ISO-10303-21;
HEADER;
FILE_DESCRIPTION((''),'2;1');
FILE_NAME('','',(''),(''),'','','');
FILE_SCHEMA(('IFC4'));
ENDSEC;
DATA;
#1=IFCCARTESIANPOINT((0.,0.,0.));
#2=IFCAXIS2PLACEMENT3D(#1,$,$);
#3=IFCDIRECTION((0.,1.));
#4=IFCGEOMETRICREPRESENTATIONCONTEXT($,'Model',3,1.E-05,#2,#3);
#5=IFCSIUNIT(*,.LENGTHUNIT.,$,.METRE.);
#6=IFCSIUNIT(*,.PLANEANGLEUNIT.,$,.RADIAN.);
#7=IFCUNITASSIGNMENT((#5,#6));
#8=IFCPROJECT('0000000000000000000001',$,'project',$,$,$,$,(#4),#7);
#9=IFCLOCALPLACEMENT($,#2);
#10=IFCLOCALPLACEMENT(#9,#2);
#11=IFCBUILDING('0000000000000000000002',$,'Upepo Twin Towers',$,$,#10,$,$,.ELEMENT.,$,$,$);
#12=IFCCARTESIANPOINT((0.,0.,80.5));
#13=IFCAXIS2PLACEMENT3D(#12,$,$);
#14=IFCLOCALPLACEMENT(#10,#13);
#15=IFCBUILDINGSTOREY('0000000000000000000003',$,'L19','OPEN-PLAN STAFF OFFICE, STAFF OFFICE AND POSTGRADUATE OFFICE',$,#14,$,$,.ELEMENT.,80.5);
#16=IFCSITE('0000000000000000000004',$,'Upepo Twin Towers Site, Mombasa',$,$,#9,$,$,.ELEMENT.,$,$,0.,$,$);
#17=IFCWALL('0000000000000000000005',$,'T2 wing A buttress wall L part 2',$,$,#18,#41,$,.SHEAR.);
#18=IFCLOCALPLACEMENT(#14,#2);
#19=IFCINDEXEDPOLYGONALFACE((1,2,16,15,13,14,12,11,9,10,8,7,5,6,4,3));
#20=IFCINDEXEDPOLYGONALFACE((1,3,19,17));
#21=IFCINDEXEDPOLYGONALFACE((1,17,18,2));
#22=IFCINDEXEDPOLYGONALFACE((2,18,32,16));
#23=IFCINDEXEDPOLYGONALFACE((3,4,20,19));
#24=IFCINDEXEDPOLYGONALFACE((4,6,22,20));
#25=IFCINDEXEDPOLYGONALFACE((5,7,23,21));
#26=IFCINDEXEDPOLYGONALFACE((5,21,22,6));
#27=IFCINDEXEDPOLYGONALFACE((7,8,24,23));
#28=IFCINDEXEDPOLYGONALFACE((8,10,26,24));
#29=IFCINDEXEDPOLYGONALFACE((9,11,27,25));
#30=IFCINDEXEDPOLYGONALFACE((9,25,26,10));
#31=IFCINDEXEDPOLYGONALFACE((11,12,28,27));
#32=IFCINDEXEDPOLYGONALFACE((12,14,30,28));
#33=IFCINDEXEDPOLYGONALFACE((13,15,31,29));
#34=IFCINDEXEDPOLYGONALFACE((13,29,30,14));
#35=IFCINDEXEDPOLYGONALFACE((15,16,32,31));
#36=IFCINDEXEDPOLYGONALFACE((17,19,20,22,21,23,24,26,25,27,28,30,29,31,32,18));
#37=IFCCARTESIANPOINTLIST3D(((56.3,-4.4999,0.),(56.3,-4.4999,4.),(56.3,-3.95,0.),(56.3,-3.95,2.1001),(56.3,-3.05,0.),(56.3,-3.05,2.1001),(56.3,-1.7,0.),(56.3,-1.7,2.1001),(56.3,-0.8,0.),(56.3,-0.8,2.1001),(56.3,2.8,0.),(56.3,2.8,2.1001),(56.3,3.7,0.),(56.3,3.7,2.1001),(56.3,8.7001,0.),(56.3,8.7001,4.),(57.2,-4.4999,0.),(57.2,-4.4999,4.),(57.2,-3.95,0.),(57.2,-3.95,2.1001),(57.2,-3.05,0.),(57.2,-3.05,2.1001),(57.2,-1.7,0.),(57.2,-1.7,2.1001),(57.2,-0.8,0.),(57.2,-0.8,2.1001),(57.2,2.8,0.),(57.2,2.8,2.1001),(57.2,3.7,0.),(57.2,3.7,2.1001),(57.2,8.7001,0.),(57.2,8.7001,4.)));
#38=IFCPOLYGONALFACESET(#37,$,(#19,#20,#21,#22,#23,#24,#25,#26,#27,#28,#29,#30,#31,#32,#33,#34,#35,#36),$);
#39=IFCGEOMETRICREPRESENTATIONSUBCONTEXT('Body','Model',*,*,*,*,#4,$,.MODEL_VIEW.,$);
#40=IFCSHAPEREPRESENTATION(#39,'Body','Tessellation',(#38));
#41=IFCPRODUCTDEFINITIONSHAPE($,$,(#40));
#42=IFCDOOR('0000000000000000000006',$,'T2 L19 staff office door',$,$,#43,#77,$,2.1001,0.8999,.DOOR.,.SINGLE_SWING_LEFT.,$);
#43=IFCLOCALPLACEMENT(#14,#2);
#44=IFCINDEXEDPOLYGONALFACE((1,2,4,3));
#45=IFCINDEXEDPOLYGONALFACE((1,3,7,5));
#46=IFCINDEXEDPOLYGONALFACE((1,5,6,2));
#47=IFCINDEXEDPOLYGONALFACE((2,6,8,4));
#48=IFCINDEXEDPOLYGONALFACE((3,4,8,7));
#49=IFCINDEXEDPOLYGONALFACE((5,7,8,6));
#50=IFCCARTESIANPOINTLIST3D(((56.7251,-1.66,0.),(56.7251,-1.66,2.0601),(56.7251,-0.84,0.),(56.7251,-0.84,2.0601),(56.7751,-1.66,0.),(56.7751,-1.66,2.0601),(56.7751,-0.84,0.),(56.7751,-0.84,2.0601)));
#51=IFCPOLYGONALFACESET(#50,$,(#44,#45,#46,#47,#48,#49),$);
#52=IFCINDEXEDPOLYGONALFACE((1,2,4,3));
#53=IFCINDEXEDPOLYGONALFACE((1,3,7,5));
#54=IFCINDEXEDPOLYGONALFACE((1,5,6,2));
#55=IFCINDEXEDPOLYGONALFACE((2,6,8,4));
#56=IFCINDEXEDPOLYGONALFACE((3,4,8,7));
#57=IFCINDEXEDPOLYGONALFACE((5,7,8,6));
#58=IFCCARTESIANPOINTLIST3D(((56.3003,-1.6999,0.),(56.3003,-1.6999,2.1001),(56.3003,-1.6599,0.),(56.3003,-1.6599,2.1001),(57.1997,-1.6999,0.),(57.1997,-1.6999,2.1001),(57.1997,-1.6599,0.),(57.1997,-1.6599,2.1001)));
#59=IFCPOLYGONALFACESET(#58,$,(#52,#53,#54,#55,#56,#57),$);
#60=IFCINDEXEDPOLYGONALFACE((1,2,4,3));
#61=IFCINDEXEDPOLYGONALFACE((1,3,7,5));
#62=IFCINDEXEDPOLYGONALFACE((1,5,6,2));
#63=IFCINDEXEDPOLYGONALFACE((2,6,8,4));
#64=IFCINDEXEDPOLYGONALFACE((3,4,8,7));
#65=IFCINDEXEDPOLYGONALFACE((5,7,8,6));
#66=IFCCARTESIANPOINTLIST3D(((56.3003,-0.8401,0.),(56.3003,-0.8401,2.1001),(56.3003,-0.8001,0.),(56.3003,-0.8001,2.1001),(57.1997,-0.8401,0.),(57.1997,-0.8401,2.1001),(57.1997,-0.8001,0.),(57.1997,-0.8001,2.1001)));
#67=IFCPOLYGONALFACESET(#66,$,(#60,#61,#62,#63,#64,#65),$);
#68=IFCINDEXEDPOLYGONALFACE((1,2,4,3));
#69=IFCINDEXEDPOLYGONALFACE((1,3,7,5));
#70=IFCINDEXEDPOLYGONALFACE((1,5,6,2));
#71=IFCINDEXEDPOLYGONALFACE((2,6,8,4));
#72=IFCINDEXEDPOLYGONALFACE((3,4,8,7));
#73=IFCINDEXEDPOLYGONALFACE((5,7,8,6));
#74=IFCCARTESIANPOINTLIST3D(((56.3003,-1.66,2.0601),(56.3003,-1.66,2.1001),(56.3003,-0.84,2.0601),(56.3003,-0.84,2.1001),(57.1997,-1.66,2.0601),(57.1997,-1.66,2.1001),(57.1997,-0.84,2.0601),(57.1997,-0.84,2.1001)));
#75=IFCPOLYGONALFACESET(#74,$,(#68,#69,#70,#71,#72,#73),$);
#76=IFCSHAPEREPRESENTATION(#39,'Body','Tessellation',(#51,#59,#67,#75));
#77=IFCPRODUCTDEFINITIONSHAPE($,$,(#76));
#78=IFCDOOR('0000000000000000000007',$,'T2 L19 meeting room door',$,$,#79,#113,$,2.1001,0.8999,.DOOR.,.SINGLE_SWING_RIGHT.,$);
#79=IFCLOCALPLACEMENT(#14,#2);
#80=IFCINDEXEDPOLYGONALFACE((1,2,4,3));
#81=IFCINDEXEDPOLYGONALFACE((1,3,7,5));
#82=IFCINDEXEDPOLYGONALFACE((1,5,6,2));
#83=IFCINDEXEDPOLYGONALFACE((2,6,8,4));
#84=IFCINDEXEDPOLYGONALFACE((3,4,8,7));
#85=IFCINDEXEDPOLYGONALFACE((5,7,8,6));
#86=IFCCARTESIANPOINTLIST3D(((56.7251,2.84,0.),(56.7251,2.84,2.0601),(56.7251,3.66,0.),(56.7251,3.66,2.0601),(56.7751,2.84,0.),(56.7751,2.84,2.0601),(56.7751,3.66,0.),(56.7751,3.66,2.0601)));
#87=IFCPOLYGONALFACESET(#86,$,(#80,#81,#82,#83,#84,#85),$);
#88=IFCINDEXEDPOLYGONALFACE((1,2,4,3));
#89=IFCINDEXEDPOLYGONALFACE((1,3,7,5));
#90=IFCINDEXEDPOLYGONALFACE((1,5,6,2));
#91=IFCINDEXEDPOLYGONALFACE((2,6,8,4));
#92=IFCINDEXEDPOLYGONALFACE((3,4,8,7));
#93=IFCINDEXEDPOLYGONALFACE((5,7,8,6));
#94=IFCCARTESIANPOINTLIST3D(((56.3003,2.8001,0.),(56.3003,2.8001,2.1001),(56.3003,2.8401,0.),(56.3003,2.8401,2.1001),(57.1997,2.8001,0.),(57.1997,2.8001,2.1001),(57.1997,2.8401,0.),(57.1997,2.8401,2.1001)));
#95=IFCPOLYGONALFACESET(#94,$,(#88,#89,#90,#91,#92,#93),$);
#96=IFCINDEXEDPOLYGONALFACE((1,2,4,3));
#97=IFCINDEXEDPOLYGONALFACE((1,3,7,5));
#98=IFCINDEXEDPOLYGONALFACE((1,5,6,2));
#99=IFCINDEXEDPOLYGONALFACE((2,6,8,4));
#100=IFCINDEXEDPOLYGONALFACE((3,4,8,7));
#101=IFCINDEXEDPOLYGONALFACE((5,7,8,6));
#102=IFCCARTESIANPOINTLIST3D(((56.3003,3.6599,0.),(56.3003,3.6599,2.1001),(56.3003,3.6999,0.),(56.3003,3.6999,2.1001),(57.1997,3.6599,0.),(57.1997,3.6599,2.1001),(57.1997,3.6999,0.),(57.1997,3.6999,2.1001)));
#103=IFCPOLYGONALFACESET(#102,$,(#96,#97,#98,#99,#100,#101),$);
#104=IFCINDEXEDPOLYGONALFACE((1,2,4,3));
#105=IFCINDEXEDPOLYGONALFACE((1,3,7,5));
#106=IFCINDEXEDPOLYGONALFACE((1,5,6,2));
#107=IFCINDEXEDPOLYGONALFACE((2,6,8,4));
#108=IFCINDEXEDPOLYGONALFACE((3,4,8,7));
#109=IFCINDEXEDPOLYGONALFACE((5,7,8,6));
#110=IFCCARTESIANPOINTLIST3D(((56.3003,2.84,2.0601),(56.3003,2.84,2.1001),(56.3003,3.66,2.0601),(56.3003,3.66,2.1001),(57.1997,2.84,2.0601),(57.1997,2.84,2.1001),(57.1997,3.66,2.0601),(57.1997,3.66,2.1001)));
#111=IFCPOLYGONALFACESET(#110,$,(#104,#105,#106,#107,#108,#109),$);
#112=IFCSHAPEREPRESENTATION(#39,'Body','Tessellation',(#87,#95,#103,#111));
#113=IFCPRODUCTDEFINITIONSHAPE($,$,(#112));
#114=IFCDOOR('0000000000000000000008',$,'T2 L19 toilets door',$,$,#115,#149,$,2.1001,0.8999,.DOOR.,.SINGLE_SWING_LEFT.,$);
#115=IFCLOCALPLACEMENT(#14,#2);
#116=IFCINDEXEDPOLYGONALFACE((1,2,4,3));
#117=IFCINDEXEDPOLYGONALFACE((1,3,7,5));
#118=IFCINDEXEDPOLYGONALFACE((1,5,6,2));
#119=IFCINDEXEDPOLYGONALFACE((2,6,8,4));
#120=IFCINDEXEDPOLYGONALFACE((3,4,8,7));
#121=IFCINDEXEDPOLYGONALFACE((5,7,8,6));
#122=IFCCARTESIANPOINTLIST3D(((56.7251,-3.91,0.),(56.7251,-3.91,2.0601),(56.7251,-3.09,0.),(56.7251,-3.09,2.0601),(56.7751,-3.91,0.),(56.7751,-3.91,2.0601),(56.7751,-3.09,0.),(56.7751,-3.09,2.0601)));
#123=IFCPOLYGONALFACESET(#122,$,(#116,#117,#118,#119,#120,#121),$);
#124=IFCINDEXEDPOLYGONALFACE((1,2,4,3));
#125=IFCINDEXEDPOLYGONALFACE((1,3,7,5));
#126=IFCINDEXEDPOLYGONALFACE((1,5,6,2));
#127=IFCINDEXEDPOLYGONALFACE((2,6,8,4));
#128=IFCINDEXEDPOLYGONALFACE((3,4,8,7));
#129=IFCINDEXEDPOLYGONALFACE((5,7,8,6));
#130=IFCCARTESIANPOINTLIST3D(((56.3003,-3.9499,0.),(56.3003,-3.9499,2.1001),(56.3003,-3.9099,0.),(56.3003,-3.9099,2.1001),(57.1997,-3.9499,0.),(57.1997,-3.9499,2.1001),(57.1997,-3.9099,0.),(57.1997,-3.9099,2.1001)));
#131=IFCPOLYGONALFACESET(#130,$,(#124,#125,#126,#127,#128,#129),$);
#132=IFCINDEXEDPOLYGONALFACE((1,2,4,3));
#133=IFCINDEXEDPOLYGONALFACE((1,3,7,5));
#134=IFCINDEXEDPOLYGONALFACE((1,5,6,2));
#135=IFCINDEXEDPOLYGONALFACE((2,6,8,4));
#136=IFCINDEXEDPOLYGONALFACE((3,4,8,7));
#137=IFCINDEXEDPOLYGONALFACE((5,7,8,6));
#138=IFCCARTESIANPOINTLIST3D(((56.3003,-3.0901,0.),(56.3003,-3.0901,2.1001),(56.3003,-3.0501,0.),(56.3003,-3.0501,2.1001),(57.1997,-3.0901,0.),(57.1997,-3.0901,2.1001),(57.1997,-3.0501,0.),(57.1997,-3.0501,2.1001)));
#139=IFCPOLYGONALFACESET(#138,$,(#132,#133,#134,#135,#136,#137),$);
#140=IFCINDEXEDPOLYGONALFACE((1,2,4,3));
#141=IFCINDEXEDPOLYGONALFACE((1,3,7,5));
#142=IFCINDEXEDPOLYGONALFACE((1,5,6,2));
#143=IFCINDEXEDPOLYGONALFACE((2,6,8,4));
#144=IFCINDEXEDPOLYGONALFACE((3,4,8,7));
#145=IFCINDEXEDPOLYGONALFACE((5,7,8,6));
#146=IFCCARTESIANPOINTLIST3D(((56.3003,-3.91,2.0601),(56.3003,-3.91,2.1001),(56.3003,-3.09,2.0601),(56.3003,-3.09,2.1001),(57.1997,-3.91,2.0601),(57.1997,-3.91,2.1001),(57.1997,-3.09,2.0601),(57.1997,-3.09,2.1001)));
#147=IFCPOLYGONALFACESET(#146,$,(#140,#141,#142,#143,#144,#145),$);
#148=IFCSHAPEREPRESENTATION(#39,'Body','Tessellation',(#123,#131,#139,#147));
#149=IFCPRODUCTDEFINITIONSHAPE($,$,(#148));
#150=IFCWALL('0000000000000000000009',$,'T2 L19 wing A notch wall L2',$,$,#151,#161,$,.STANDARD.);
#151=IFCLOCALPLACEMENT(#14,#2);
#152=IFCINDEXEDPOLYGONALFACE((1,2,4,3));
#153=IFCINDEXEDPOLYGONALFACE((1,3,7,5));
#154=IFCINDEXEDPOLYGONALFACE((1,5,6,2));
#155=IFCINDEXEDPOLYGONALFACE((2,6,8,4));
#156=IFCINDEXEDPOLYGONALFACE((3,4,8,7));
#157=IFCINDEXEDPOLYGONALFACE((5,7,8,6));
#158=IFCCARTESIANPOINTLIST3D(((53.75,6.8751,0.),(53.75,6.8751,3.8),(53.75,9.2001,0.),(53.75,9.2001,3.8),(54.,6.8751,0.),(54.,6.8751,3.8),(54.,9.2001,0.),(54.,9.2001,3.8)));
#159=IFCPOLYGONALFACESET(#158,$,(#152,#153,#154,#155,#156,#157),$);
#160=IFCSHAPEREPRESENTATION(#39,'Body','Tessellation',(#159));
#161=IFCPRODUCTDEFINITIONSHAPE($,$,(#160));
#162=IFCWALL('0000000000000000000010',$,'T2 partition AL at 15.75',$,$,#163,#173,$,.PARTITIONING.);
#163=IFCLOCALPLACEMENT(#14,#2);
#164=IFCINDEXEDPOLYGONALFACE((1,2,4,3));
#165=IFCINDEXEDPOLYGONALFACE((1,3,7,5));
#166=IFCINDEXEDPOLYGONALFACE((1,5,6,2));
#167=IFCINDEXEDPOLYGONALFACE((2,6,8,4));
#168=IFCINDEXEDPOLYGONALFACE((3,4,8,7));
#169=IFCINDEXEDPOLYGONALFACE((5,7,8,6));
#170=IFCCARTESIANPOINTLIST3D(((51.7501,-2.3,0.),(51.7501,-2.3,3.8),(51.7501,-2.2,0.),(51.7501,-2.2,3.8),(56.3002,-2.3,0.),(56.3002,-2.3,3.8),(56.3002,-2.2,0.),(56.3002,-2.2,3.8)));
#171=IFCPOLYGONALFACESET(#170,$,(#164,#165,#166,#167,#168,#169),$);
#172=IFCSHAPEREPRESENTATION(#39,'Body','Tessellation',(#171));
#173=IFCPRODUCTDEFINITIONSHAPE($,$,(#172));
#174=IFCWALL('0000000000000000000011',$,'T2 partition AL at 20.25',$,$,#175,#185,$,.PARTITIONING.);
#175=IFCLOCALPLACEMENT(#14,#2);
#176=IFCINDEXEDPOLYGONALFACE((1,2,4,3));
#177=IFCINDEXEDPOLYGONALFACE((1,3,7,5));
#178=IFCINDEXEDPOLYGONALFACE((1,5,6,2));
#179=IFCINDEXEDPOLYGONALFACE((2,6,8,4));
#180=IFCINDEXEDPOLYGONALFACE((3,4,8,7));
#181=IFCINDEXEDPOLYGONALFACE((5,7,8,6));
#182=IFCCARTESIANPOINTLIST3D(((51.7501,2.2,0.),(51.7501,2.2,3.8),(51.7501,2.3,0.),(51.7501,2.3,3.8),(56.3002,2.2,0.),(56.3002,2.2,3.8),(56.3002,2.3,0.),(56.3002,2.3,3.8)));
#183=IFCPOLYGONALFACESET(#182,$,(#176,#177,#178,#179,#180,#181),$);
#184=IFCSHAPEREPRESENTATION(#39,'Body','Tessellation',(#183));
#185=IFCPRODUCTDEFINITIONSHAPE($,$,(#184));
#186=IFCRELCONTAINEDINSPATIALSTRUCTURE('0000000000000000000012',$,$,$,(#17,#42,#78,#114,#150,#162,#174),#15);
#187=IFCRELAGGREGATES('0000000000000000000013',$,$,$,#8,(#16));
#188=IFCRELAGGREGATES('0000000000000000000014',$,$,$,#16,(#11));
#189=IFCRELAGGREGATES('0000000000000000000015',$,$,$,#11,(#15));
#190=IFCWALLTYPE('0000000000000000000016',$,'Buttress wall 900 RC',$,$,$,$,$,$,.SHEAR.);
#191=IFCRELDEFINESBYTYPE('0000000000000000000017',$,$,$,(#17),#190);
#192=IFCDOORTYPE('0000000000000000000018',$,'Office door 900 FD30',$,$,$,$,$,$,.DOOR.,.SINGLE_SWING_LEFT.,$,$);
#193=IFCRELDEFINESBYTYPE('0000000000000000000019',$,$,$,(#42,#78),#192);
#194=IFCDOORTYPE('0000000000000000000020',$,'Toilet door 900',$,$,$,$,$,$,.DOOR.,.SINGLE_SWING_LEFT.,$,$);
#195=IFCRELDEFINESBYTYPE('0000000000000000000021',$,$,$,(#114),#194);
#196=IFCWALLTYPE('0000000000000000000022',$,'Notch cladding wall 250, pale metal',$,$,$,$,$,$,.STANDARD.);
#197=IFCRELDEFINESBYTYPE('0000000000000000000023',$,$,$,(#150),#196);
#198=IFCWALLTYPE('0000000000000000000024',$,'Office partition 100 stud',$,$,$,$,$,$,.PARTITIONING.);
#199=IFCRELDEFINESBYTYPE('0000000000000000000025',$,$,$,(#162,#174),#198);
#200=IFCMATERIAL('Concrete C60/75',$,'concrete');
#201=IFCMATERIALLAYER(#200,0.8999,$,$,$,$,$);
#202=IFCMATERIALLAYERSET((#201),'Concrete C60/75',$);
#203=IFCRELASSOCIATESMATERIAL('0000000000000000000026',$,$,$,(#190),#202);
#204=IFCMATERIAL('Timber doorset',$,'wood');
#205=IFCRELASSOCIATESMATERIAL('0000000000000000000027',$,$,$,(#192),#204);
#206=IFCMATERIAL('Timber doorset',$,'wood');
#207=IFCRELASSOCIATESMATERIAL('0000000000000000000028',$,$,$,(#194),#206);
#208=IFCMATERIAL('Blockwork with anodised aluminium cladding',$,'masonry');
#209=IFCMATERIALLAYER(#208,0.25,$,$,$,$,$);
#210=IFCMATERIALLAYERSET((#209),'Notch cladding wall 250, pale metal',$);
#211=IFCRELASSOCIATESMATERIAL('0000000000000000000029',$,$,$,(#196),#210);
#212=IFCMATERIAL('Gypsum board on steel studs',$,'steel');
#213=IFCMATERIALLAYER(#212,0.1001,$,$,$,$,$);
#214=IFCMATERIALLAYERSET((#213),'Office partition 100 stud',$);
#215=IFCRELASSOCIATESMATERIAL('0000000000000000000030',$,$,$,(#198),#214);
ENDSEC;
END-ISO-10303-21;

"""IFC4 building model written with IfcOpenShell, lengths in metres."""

from ifc_helpers import new_model, si_unit, direction, frame, frame_2d, origin, place, context, subcontext, project, spatial, rectangle, extrude, material, layer, layer_set, type_object, element, fill, save


model = new_model("IFC4")

# Units and contexts
model_context = context("Model", 3, precision=1e-05, world=origin(), true_north=direction((0.0, 1.0)))
body_context = subcontext(model_context, "Body", "Model", "MODEL_VIEW")
ifc_project = project(units=[si_unit("LENGTHUNIT", "METRE"), si_unit("PLANEANGLEUNIT", "RADIAN")], contexts=[model_context])

# Site, building, storey
site_placement = place(None, origin())
site = spatial("IfcSite", under=ifc_project, at=site_placement, Name="Upepo Twin Towers Site, Mombasa", CompositionType="ELEMENT", RefElevation=0.0)
building_placement = place(site_placement, origin())
building = spatial("IfcBuilding", under=site, at=building_placement, Name="Upepo Twin Towers", CompositionType="ELEMENT")
storey_placement = place(building_placement, frame((0.0, 0.0, 80.5)))
storey = spatial("IfcBuildingStorey", under=building, at=storey_placement, Name="L19", Description="OPEN-PLAN STAFF OFFICE, STAFF OFFICE AND POSTGRADUATE OFFICE", CompositionType="ELEMENT", Elevation=80.5)

# Wall, openings, doors
ifc_material_1 = material(Name="Concrete C60/75", Category="concrete")
ifc_layer_1 = layer(ifc_material_1, 0.8999)
ifc_layer_set_1 = layer_set([ifc_layer_1], Name="Concrete C60/75")
wall_type_1 = type_object("IfcWallType", Name="Buttress wall 900 RC", PredefinedType="SHEAR", material=ifc_layer_set_1)
wall_1_placement = place(storey_placement, frame((56.75, -4.5, 0.0), z_axis=(0.0, 0.0, 1.0), x_axis=(0.0, 1.0, 0.0)))
wall_1 = element("IfcWall", 1, at=wall_1_placement, inside=storey, type_object=wall_type_1, Name="T2 wing A buttress wall L part 2", PredefinedType="SHEAR", context=body_context, shape_type="SweptSolid", body=[
    extrude(rectangle(XDim=13.2, YDim=0.8999, at=frame_2d((6.6001, 0.0))), origin(), (0.0, 0.0, 1.0), 4.0),
])
opening_1_placement = place(wall_1_placement, frame((0.55, 0.0, 0.0)))
opening_1 = element("IfcOpeningElement", 2, at=opening_1_placement, cuts=wall_1, PredefinedType="OPENING", context=body_context, shape_type="SweptSolid", body=[
    extrude(rectangle(XDim=0.8999, YDim=2.1001, at=frame_2d((0.45, 1.05))), frame((0.0, 0.46, 0.0), z_axis=(0.0, -1.0, 0.0), x_axis=(1.0, 0.0, 0.0)), (0.0, 0.0, 1.0), 0.9199),
])
opening_2_placement = place(wall_1_placement, frame((2.8, 0.0, 0.0)))
opening_2 = element("IfcOpeningElement", 3, at=opening_2_placement, cuts=wall_1, PredefinedType="OPENING", context=body_context, shape_type="SweptSolid", body=[
    extrude(rectangle(XDim=0.8999, YDim=2.1001, at=frame_2d((0.45, 1.05))), frame((0.0, 0.46, 0.0), z_axis=(0.0, -1.0, 0.0), x_axis=(1.0, 0.0, 0.0)), (0.0, 0.0, 1.0), 0.9199),
])
opening_3_placement = place(wall_1_placement, frame((7.3, 0.0, 0.0)))
opening_3 = element("IfcOpeningElement", 4, at=opening_3_placement, cuts=wall_1, PredefinedType="OPENING", context=body_context, shape_type="SweptSolid", body=[
    extrude(rectangle(XDim=0.8999, YDim=2.1001, at=frame_2d((0.45, 1.05))), frame((0.0, 0.46, 0.0), z_axis=(0.0, -1.0, 0.0), x_axis=(1.0, 0.0, 0.0)), (0.0, 0.0, 1.0), 0.9199),
])
ifc_material_2 = material(Name="Timber doorset", Category="wood")
door_type_1 = type_object("IfcDoorType", Name="Office door 900 FD30", OperationType="SINGLE_SWING_LEFT", PredefinedType="DOOR", material=ifc_material_2)
door_1_placement = place(opening_2_placement, origin())
door_1 = element("IfcDoor", 5, at=door_1_placement, inside=storey, type_object=door_type_1, Name="T2 L19 staff office door", OperationType="SINGLE_SWING_LEFT", OverallHeight=2.1001, OverallWidth=0.8999, PredefinedType="DOOR", context=body_context, shape_type="SweptSolid", body=[
    extrude(rectangle(XDim=0.8199, YDim=2.0601, at=frame_2d((0.45, 1.03))), frame((0.0, 0.0249, 0.0), z_axis=(0.0, -1.0, 0.0), x_axis=(1.0, 0.0, 0.0)), (0.0, 0.0, 1.0), 0.05),
    extrude(rectangle(XDim=0.04, YDim=2.1001, at=frame_2d((0.02, 1.05))), frame((0.0, 0.4497, 0.0), z_axis=(0.0, -1.0, 0.0), x_axis=(1.0, 0.0, 0.0)), (0.0, 0.0, 1.0), 0.8994),
    extrude(rectangle(XDim=0.04, YDim=2.1001, at=frame_2d((0.8799, 1.05))), frame((0.0, 0.4497, 0.0), z_axis=(0.0, -1.0, 0.0), x_axis=(1.0, 0.0, 0.0)), (0.0, 0.0, 1.0), 0.8994),
    extrude(rectangle(XDim=0.8199, YDim=0.04, at=frame_2d((0.45, 2.0801))), frame((0.0, 0.4497, 0.0), z_axis=(0.0, -1.0, 0.0), x_axis=(1.0, 0.0, 0.0)), (0.0, 0.0, 1.0), 0.8994),
])
fill(opening_2, door_1)
door_2_placement = place(opening_3_placement, origin())
door_2 = element("IfcDoor", 6, at=door_2_placement, inside=storey, type_object=door_type_1, Name="T2 L19 meeting room door", OperationType="SINGLE_SWING_RIGHT", OverallHeight=2.1001, OverallWidth=0.8999, PredefinedType="DOOR", context=body_context, shape_type="SweptSolid", body=[
    extrude(rectangle(XDim=0.8199, YDim=2.0601, at=frame_2d((0.45, 1.03))), frame((0.0, 0.0249, 0.0), z_axis=(0.0, -1.0, 0.0), x_axis=(1.0, 0.0, 0.0)), (0.0, 0.0, 1.0), 0.05),
    extrude(rectangle(XDim=0.04, YDim=2.1001, at=frame_2d((0.02, 1.05))), frame((0.0, 0.4497, 0.0), z_axis=(0.0, -1.0, 0.0), x_axis=(1.0, 0.0, 0.0)), (0.0, 0.0, 1.0), 0.8994),
    extrude(rectangle(XDim=0.04, YDim=2.1001, at=frame_2d((0.8799, 1.05))), frame((0.0, 0.4497, 0.0), z_axis=(0.0, -1.0, 0.0), x_axis=(1.0, 0.0, 0.0)), (0.0, 0.0, 1.0), 0.8994),
    extrude(rectangle(XDim=0.8199, YDim=0.04, at=frame_2d((0.45, 2.0801))), frame((0.0, 0.4497, 0.0), z_axis=(0.0, -1.0, 0.0), x_axis=(1.0, 0.0, 0.0)), (0.0, 0.0, 1.0), 0.8994),
])
fill(opening_3, door_2)
ifc_material_3 = material(Name="Timber doorset", Category="wood")
door_type_2 = type_object("IfcDoorType", Name="Toilet door 900", OperationType="SINGLE_SWING_LEFT", PredefinedType="DOOR", material=ifc_material_3)
door_3_placement = place(opening_1_placement, origin())
door_3 = element("IfcDoor", 7, at=door_3_placement, inside=storey, type_object=door_type_2, Name="T2 L19 toilets door", OperationType="SINGLE_SWING_LEFT", OverallHeight=2.1001, OverallWidth=0.8999, PredefinedType="DOOR", context=body_context, shape_type="SweptSolid", body=[
    extrude(rectangle(XDim=0.8199, YDim=2.0601, at=frame_2d((0.45, 1.03))), frame((0.0, 0.0249, 0.0), z_axis=(0.0, -1.0, 0.0), x_axis=(1.0, 0.0, 0.0)), (0.0, 0.0, 1.0), 0.05),
    extrude(rectangle(XDim=0.04, YDim=2.1001, at=frame_2d((0.02, 1.05))), frame((0.0, 0.4497, 0.0), z_axis=(0.0, -1.0, 0.0), x_axis=(1.0, 0.0, 0.0)), (0.0, 0.0, 1.0), 0.8994),
    extrude(rectangle(XDim=0.04, YDim=2.1001, at=frame_2d((0.8799, 1.05))), frame((0.0, 0.4497, 0.0), z_axis=(0.0, -1.0, 0.0), x_axis=(1.0, 0.0, 0.0)), (0.0, 0.0, 1.0), 0.8994),
    extrude(rectangle(XDim=0.8199, YDim=0.04, at=frame_2d((0.45, 2.0801))), frame((0.0, 0.4497, 0.0), z_axis=(0.0, -1.0, 0.0), x_axis=(1.0, 0.0, 0.0)), (0.0, 0.0, 1.0), 0.8994),
])
fill(opening_1, door_3)

# Walls
ifc_material_4 = material(Name="Blockwork with anodised aluminium cladding", Category="masonry")
ifc_layer_2 = layer(ifc_material_4, 0.25)
ifc_layer_set_2 = layer_set([ifc_layer_2], Name="Notch cladding wall 250, pale metal")
wall_type_2 = type_object("IfcWallType", Name="Notch cladding wall 250, pale metal", PredefinedType="STANDARD", material=ifc_layer_set_2)
wall_2_placement = place(storey_placement, frame((53.875, 6.875, 0.0), z_axis=(0.0, 0.0, 1.0), x_axis=(0.0, 1.0, 0.0)))
element("IfcWall", 8, at=wall_2_placement, inside=storey, type_object=wall_type_2, Name="T2 L19 wing A notch wall L2", PredefinedType="STANDARD", context=body_context, shape_type="SweptSolid", body=[
    extrude(rectangle(XDim=2.325, YDim=0.25, at=frame_2d((1.1626, 0.0))), origin(), (0.0, 0.0, 1.0), 3.8),
])
ifc_material_5 = material(Name="Gypsum board on steel studs", Category="steel")
ifc_layer_3 = layer(ifc_material_5, 0.1001)
ifc_layer_set_3 = layer_set([ifc_layer_3], Name="Office partition 100 stud")
wall_type_3 = type_object("IfcWallType", Name="Office partition 100 stud", PredefinedType="PARTITIONING", material=ifc_layer_set_3)
for number, where, z_axis, x_axis, name in (
    (9, (56.3, -2.25, 0.0), (0.0, 0.0, 1.0), (-1.0, 0.0, 0.0), "T2 partition AL at 15.75"),
    (10, (56.3, 2.25, 0.0), (0.0, 0.0, 1.0), (-1.0, 0.0, 0.0), "T2 partition AL at 20.25"),
):
    element("IfcWall", number, at=place(storey_placement, frame(where, z_axis=z_axis, x_axis=x_axis)), inside=storey, type_object=wall_type_3, Name=name, PredefinedType="PARTITIONING", context=body_context, shape_type="SweptSolid", body=[
        extrude(rectangle(XDim=4.55, YDim=0.1001, at=frame_2d((2.2749, 0.0))), origin(), (0.0, 0.0, 1.0), 3.8),
    ])

save(model, "model.ifc")
